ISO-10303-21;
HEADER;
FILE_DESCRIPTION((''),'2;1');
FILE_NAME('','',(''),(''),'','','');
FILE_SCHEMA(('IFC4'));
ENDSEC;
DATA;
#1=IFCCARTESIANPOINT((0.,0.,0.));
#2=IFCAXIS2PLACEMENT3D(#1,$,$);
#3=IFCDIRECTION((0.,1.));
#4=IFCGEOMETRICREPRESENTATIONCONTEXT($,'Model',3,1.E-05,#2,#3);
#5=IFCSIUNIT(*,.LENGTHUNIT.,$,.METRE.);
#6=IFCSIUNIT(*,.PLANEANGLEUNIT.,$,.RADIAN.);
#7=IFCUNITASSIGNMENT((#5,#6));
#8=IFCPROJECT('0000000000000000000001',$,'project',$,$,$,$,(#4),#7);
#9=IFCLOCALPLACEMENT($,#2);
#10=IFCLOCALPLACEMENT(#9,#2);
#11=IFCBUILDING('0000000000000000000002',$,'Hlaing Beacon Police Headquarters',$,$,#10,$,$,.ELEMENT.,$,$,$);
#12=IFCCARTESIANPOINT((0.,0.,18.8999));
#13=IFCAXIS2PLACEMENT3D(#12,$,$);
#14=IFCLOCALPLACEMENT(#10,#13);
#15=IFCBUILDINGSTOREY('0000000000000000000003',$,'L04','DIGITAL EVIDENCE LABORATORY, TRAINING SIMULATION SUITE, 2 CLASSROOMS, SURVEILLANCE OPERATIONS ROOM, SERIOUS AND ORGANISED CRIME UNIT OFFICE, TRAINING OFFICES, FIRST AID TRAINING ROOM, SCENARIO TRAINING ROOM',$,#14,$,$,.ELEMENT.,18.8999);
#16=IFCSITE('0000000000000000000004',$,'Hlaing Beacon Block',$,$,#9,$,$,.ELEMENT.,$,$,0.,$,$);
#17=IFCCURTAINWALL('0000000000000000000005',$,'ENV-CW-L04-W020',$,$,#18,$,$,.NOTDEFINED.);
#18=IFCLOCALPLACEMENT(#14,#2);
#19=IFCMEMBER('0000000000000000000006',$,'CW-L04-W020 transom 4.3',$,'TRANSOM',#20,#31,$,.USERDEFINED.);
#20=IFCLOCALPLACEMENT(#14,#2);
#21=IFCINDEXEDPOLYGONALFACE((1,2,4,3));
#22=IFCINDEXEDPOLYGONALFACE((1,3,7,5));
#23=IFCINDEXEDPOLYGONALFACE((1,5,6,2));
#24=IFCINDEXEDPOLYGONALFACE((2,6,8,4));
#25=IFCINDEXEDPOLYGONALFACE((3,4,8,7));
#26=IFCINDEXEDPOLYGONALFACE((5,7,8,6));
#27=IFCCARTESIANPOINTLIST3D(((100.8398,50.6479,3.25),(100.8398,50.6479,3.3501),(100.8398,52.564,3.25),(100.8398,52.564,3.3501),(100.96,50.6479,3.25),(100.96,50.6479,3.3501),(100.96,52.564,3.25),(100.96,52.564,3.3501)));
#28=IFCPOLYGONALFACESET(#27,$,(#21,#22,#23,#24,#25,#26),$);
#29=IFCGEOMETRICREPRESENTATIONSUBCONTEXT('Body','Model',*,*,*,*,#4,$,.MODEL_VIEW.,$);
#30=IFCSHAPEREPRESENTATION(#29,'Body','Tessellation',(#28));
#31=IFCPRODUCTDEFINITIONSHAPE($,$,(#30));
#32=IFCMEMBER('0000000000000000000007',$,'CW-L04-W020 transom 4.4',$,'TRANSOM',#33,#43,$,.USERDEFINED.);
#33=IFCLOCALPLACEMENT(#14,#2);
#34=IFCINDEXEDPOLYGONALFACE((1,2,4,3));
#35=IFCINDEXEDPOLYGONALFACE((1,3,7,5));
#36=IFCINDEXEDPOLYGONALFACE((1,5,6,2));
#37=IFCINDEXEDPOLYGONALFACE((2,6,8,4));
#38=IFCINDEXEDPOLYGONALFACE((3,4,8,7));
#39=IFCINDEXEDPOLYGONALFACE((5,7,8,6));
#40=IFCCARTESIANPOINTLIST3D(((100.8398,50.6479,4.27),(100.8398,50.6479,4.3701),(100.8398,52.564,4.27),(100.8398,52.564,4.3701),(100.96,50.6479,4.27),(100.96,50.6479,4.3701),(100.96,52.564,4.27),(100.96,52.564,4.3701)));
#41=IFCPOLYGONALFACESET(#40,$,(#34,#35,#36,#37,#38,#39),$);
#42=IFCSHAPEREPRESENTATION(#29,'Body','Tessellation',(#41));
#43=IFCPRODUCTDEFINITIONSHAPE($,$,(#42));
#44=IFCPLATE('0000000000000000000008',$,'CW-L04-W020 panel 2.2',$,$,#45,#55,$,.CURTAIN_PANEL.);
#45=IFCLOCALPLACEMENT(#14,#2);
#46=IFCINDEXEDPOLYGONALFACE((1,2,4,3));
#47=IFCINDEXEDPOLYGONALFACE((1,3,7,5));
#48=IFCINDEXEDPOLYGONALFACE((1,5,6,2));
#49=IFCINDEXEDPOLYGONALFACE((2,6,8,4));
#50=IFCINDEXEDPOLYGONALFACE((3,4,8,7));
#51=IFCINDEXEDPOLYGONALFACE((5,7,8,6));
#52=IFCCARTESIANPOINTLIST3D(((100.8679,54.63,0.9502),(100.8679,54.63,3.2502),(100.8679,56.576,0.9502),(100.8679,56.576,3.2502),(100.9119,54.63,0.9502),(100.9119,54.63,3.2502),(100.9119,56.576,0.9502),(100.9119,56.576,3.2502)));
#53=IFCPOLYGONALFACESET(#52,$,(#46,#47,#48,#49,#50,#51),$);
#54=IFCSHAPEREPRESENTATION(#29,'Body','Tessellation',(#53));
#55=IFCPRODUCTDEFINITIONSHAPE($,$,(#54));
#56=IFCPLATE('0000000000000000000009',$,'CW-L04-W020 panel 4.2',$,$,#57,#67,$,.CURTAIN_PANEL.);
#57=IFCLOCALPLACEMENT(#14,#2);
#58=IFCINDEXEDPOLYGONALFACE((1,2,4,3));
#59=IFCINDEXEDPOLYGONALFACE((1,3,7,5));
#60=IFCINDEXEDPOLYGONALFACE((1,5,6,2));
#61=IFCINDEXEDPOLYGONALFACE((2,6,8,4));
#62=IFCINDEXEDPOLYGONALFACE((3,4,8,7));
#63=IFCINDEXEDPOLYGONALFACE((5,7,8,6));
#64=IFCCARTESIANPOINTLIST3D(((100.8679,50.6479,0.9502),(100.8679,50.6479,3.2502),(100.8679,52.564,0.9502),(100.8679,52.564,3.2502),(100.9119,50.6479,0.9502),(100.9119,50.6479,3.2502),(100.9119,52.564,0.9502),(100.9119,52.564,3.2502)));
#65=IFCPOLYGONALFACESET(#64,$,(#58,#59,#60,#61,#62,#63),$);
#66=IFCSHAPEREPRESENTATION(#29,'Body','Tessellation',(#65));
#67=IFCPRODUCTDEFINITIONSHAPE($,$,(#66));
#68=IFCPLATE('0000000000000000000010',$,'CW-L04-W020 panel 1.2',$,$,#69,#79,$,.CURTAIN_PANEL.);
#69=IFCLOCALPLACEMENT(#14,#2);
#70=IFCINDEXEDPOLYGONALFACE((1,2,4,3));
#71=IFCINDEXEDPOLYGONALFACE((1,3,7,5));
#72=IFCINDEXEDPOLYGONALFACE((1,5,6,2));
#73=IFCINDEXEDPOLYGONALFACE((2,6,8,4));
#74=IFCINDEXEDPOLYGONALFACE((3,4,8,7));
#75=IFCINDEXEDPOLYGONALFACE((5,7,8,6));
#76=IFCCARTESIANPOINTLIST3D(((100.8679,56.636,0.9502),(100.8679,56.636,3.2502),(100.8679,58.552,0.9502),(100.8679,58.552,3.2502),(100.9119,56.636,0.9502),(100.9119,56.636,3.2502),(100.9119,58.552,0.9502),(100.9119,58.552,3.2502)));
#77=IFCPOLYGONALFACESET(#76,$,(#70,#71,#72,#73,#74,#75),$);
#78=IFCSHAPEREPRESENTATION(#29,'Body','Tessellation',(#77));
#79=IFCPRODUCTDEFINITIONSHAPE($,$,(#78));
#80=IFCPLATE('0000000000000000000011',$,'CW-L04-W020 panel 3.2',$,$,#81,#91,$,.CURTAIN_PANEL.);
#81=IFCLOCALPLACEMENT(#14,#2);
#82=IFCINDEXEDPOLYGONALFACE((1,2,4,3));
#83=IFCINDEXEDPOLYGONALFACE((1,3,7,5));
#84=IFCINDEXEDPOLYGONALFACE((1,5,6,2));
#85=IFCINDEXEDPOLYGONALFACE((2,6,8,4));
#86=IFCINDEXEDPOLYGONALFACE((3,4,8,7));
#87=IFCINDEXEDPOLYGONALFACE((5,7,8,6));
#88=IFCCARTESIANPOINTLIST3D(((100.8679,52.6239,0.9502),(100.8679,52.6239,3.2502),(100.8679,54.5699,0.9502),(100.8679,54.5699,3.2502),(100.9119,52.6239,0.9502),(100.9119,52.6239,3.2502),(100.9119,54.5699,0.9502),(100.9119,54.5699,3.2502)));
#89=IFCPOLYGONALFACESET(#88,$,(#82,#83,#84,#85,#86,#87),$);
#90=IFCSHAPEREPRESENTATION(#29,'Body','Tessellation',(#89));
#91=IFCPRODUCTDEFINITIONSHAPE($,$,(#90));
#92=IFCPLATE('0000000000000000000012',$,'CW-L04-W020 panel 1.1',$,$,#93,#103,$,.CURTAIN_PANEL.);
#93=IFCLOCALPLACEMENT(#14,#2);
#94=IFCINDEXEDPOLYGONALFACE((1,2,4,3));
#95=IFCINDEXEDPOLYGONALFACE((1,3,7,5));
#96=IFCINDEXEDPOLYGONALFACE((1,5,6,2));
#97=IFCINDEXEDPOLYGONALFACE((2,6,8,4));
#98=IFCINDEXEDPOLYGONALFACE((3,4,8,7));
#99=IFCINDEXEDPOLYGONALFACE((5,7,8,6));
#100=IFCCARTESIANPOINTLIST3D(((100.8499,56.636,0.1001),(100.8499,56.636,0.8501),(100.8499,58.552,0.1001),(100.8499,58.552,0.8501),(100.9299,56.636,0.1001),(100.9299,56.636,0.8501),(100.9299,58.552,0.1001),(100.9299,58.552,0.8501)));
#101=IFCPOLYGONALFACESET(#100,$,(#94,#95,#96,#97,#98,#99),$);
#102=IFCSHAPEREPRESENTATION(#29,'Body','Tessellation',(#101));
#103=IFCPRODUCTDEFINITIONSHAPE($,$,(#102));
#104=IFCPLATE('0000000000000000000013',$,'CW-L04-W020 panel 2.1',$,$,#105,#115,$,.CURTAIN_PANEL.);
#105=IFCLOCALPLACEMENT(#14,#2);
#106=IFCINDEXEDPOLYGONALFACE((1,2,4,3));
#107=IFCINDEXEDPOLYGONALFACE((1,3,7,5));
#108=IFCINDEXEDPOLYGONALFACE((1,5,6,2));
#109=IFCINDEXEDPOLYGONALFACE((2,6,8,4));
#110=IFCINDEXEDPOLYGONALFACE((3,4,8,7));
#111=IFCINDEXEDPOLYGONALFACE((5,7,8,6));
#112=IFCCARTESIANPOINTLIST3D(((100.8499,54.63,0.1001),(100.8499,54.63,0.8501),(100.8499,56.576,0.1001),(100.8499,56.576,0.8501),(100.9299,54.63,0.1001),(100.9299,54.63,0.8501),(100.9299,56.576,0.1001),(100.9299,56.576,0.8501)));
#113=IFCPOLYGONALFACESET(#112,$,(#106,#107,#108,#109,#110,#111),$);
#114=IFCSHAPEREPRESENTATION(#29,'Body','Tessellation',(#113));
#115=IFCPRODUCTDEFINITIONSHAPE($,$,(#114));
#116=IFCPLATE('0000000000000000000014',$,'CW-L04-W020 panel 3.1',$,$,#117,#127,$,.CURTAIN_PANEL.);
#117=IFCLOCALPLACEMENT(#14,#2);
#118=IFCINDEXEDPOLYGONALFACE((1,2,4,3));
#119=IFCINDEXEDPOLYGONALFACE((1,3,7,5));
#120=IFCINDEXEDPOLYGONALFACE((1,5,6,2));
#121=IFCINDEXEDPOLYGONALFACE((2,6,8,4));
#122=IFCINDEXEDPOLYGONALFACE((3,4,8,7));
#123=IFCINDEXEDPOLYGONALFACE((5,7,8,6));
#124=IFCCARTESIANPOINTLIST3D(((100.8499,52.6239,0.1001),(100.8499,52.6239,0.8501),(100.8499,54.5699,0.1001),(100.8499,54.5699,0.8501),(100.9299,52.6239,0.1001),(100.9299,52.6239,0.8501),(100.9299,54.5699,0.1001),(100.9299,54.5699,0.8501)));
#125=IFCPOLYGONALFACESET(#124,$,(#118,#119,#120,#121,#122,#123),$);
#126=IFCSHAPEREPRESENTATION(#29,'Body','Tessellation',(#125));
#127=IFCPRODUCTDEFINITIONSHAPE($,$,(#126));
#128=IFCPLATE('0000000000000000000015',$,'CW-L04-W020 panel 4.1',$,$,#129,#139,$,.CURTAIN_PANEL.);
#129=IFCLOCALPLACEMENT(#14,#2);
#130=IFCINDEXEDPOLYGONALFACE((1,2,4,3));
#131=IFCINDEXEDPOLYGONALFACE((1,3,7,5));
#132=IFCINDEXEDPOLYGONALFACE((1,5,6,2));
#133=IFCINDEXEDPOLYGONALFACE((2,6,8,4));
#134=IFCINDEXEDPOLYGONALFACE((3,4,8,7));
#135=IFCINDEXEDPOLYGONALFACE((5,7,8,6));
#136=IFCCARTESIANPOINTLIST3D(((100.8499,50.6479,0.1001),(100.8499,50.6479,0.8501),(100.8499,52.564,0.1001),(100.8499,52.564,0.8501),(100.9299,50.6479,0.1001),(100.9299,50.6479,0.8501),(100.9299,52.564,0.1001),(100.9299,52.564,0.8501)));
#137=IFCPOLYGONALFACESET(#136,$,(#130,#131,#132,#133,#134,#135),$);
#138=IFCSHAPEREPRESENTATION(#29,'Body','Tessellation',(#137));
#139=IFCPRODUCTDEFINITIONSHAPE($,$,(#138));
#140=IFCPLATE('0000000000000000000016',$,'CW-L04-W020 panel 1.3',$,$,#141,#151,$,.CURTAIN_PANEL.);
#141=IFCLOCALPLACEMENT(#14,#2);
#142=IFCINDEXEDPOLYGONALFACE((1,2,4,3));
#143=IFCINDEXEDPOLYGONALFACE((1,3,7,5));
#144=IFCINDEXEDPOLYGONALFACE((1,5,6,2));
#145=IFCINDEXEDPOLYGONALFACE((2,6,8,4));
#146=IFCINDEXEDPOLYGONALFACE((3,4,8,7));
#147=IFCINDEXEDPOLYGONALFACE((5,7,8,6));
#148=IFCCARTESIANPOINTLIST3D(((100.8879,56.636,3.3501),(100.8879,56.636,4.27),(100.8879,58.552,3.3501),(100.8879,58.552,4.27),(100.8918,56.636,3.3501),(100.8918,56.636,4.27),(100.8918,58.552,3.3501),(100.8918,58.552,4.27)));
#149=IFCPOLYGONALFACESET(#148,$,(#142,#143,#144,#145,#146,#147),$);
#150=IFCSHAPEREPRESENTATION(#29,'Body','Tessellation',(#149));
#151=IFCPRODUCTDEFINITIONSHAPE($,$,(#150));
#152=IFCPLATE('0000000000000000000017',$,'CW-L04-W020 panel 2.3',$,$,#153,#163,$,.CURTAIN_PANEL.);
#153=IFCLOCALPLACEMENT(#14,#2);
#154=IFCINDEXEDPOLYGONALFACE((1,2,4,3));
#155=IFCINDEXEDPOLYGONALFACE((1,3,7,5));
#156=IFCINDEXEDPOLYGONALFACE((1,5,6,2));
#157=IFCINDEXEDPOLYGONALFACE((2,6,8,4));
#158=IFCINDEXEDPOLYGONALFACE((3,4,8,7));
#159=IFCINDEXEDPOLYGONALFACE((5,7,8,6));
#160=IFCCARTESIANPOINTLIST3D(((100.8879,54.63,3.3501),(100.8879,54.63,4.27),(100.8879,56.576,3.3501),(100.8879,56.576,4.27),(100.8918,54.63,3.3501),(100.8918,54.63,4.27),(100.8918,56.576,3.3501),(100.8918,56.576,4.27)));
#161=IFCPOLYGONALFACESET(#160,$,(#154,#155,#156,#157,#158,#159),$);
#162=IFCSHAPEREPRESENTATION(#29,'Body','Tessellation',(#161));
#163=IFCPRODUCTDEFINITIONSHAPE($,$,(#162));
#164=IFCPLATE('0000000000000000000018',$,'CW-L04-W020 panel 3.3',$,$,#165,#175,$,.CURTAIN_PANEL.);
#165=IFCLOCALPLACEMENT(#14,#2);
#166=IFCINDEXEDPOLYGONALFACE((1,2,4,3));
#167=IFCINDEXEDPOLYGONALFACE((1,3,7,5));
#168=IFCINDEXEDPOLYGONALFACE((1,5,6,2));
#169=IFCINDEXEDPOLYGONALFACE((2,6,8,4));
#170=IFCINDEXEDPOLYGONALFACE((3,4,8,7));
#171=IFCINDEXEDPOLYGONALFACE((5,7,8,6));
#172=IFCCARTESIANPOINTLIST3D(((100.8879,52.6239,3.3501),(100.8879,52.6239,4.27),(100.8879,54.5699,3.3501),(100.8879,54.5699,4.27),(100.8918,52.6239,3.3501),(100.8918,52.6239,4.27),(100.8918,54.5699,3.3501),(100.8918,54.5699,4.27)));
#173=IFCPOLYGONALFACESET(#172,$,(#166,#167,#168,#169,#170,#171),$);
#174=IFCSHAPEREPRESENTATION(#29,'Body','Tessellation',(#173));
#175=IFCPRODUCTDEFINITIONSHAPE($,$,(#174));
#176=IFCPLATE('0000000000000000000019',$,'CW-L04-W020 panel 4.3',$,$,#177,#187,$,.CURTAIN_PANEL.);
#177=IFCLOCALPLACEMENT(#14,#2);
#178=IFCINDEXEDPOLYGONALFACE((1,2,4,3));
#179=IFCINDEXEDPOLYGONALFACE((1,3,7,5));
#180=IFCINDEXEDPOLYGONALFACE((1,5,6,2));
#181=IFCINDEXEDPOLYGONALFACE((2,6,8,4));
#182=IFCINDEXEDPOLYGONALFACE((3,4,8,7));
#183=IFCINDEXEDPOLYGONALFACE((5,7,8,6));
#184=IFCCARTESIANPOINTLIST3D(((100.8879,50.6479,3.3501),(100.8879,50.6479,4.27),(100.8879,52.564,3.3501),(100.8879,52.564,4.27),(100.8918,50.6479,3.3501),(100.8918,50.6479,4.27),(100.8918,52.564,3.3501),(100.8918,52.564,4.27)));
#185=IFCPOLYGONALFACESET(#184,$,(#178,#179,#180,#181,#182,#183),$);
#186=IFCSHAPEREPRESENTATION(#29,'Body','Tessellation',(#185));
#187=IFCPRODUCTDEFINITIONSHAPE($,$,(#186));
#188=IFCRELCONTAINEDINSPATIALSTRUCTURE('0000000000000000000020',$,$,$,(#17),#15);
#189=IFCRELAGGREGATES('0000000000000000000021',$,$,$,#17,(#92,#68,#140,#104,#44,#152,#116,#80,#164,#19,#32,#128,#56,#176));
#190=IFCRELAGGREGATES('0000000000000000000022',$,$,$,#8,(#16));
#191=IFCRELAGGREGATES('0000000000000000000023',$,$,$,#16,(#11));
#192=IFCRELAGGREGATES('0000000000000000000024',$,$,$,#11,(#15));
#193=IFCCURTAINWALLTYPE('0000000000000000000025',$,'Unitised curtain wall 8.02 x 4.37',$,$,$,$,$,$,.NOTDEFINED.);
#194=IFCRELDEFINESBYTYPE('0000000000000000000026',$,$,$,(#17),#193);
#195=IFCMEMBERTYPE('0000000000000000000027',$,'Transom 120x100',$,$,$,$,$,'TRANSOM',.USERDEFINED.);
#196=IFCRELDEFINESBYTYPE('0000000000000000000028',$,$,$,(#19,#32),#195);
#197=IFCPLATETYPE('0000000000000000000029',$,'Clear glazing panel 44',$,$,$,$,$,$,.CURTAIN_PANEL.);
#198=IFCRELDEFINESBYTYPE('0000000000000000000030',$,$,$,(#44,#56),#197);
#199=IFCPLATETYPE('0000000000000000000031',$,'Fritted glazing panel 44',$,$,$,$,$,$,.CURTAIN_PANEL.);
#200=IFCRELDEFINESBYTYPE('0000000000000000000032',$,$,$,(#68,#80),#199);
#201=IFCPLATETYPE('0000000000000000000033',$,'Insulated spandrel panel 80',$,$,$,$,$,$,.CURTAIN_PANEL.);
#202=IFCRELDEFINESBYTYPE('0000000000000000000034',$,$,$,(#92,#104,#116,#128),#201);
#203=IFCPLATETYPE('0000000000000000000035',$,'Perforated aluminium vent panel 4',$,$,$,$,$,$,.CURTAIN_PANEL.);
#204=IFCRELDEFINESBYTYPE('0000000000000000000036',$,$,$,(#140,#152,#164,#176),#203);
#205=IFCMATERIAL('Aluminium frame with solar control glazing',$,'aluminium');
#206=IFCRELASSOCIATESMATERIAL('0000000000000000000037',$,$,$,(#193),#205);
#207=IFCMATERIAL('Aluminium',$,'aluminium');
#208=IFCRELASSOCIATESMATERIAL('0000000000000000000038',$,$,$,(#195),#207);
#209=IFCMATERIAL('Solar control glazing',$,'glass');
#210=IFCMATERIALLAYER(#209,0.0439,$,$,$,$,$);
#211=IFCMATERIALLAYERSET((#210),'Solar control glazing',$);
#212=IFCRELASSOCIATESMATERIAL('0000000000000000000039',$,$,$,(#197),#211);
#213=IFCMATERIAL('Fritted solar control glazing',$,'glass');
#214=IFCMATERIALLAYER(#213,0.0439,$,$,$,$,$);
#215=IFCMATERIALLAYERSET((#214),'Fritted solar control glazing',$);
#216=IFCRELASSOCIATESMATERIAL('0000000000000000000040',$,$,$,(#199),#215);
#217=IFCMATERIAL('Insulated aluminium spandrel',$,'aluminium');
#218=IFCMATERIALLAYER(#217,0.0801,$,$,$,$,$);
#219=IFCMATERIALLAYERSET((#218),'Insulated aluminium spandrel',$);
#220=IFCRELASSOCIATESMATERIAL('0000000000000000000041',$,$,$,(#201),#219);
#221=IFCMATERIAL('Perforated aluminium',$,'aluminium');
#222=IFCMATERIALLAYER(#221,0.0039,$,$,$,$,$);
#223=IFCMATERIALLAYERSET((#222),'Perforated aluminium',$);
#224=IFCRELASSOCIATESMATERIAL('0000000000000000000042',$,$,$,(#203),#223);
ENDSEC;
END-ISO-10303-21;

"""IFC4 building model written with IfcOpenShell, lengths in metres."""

from ifc_helpers import new_model, si_unit, direction, frame, origin, origin_2d, place, context, subcontext, project, spatial, rectangle, extrude, material, layer, layer_set, material_profile, profile_set, type_object, element, aggregate, save


model = new_model("IFC4")

# Units and contexts
model_context = context("Model", 3, precision=1e-05, world=origin(), true_north=direction((0.0, 1.0)))
body_context = subcontext(model_context, "Body", "Model", "MODEL_VIEW")
ifc_project = project(units=[si_unit("LENGTHUNIT", "METRE"), si_unit("PLANEANGLEUNIT", "RADIAN")], contexts=[model_context])

# Site, building, storey
site_placement = place(None, origin())
site = spatial("IfcSite", under=ifc_project, at=site_placement, Name="Hlaing Beacon Block", CompositionType="ELEMENT", RefElevation=0.0)
building_placement = place(site_placement, origin())
building = spatial("IfcBuilding", under=site, at=building_placement, Name="Hlaing Beacon Police Headquarters", CompositionType="ELEMENT")
storey_placement = place(building_placement, frame((0.0, 0.0, 18.8999)))
storey = spatial("IfcBuildingStorey", under=building, at=storey_placement, Name="L04", Description="DIGITAL EVIDENCE LABORATORY, TRAINING SIMULATION SUITE, 2 CLASSROOMS, SURVEILLANCE OPERATIONS ROOM, SERIOUS AND ORGANISED CRIME UNIT OFFICE, TRAINING OFFICES, FIRST AID TRAINING ROOM, SCENARIO TRAINING ROOM", CompositionType="ELEMENT", Elevation=18.8999)

# Curtain wall
ifc_material_1 = material(Name="Aluminium frame with solar control glazing", Category="aluminium")
curtain_wall_type = type_object("IfcCurtainWallType", Name="Unitised curtain wall 8.02 x 4.37", PredefinedType="NOTDEFINED", material=ifc_material_1)
curtain_wall_placement = place(storey_placement, origin())
curtain_wall = element("IfcCurtainWall", 1, at=curtain_wall_placement, inside=storey, type_object=curtain_wall_type, Name="ENV-CW-L04-W020", PredefinedType="NOTDEFINED")

# Members
ifc_material_2 = material(Name="Aluminium", Category="aluminium")
ifc_material_profile_1 = material_profile(ifc_material_2, rectangle(XDim=0.1201, YDim=0.1001, at=origin_2d()), Name="Transom 120x100")
ifc_profile_set_1 = profile_set([ifc_material_profile_1], Name="Aluminium")
member_type_1 = type_object("IfcMemberType", Name="Transom 120x100", ElementType="TRANSOM", PredefinedType="USERDEFINED", material=ifc_profile_set_1)
member_1_placement = place(storey_placement, frame((100.8999, 52.564, 3.3), z_axis=(0.0, -1.0, 0.0), x_axis=(1.0, 0.0, 0.0)))
member_1 = element("IfcMember", 2, at=member_1_placement, type_object=member_type_1, Name="CW-L04-W020 transom 4.3", ObjectType="TRANSOM", PredefinedType="USERDEFINED", context=body_context, shape_type="SweptSolid", body=[
    extrude(rectangle(XDim=0.1201, YDim=0.1001, at=origin_2d()), origin(), (0.0, 0.0, 1.0), 1.916),
])
member_2_placement = place(storey_placement, frame((100.8999, 52.564, 4.3201), z_axis=(0.0, -1.0, 0.0), x_axis=(1.0, 0.0, 0.0)))
member_2 = element("IfcMember", 3, at=member_2_placement, type_object=member_type_1, Name="CW-L04-W020 transom 4.4", ObjectType="TRANSOM", PredefinedType="USERDEFINED", context=body_context, shape_type="SweptSolid", body=[
    extrude(rectangle(XDim=0.1201, YDim=0.1001, at=origin_2d()), origin(), (0.0, 0.0, 1.0), 1.916),
])

# Plates
ifc_material_3 = material(Name="Solar control glazing", Category="glass")
ifc_layer_1 = layer(ifc_material_3, 0.0439)
ifc_layer_set_1 = layer_set([ifc_layer_1], Name="Solar control glazing")
plate_type_1 = type_object("IfcPlateType", Name="Clear glazing panel 44", PredefinedType="CURTAIN_PANEL", material=ifc_layer_set_1)
plate_1_placement = place(storey_placement, frame((100.8899, 55.603, 0.9502), z_axis=(0.0, 0.0, 1.0), x_axis=(0.0, -1.0, 0.0)))
plate_1 = element("IfcPlate", 4, at=plate_1_placement, type_object=plate_type_1, Name="CW-L04-W020 panel 2.2", PredefinedType="CURTAIN_PANEL", context=body_context, shape_type="SweptSolid", body=[
    extrude(rectangle(XDim=1.946, YDim=0.0439, at=origin_2d()), origin(), (0.0, 0.0, 1.0), 2.3),
])
plate_2_placement = place(storey_placement, frame((100.8899, 51.606, 0.9502), z_axis=(0.0, 0.0, 1.0), x_axis=(0.0, -1.0, 0.0)))
plate_2 = element("IfcPlate", 5, at=plate_2_placement, type_object=plate_type_1, Name="CW-L04-W020 panel 4.2", PredefinedType="CURTAIN_PANEL", context=body_context, shape_type="SweptSolid", body=[
    extrude(rectangle(XDim=1.916, YDim=0.0439, at=origin_2d()), origin(), (0.0, 0.0, 1.0), 2.3),
])
ifc_material_4 = material(Name="Fritted solar control glazing", Category="glass")
ifc_layer_2 = layer(ifc_material_4, 0.0439)
ifc_layer_set_2 = layer_set([ifc_layer_2], Name="Fritted solar control glazing")
plate_type_2 = type_object("IfcPlateType", Name="Fritted glazing panel 44", PredefinedType="CURTAIN_PANEL", material=ifc_layer_set_2)
plate_3_placement = place(storey_placement, frame((100.8899, 57.594, 0.9502), z_axis=(0.0, 0.0, 1.0), x_axis=(0.0, -1.0, 0.0)))
plate_3 = element("IfcPlate", 6, at=plate_3_placement, type_object=plate_type_2, Name="CW-L04-W020 panel 1.2", PredefinedType="CURTAIN_PANEL", context=body_context, shape_type="SweptSolid", body=[
    extrude(rectangle(XDim=1.916, YDim=0.0439, at=origin_2d()), origin(), (0.0, 0.0, 1.0), 2.3),
])
plate_4_placement = place(storey_placement, frame((100.8899, 53.5969, 0.9502), z_axis=(0.0, 0.0, 1.0), x_axis=(0.0, -1.0, 0.0)))
plate_4 = element("IfcPlate", 7, at=plate_4_placement, type_object=plate_type_2, Name="CW-L04-W020 panel 3.2", PredefinedType="CURTAIN_PANEL", context=body_context, shape_type="SweptSolid", body=[
    extrude(rectangle(XDim=1.946, YDim=0.0439, at=origin_2d()), origin(), (0.0, 0.0, 1.0), 2.3),
])
ifc_material_5 = material(Name="Insulated aluminium spandrel", Category="aluminium")
ifc_layer_3 = layer(ifc_material_5, 0.0801)
ifc_layer_set_3 = layer_set([ifc_layer_3], Name="Insulated aluminium spandrel")
plate_type_3 = type_object("IfcPlateType", Name="Insulated spandrel panel 80", PredefinedType="CURTAIN_PANEL", material=ifc_layer_set_3)
plate_5_placement = place(storey_placement, frame((100.8899, 57.594, 0.1001), z_axis=(0.0, 0.0, 1.0), x_axis=(0.0, -1.0, 0.0)))
plate_5 = element("IfcPlate", 8, at=plate_5_placement, type_object=plate_type_3, Name="CW-L04-W020 panel 1.1", PredefinedType="CURTAIN_PANEL", context=body_context, shape_type="SweptSolid", body=[
    extrude(rectangle(XDim=1.916, YDim=0.0801, at=origin_2d()), origin(), (0.0, 0.0, 1.0), 0.75),
])
plate_6_placement = place(storey_placement, frame((100.8899, 55.603, 0.1001), z_axis=(0.0, 0.0, 1.0), x_axis=(0.0, -1.0, 0.0)))
plate_6 = element("IfcPlate", 9, at=plate_6_placement, type_object=plate_type_3, Name="CW-L04-W020 panel 2.1", PredefinedType="CURTAIN_PANEL", context=body_context, shape_type="SweptSolid", body=[
    extrude(rectangle(XDim=1.946, YDim=0.0801, at=origin_2d()), origin(), (0.0, 0.0, 1.0), 0.75),
])
plate_7_placement = place(storey_placement, frame((100.8899, 53.5969, 0.1001), z_axis=(0.0, 0.0, 1.0), x_axis=(0.0, -1.0, 0.0)))
plate_7 = element("IfcPlate", 10, at=plate_7_placement, type_object=plate_type_3, Name="CW-L04-W020 panel 3.1", PredefinedType="CURTAIN_PANEL", context=body_context, shape_type="SweptSolid", body=[
    extrude(rectangle(XDim=1.946, YDim=0.0801, at=origin_2d()), origin(), (0.0, 0.0, 1.0), 0.75),
])
plate_8_placement = place(storey_placement, frame((100.8899, 51.606, 0.1001), z_axis=(0.0, 0.0, 1.0), x_axis=(0.0, -1.0, 0.0)))
plate_8 = element("IfcPlate", 11, at=plate_8_placement, type_object=plate_type_3, Name="CW-L04-W020 panel 4.1", PredefinedType="CURTAIN_PANEL", context=body_context, shape_type="SweptSolid", body=[
    extrude(rectangle(XDim=1.916, YDim=0.0801, at=origin_2d()), origin(), (0.0, 0.0, 1.0), 0.75),
])
ifc_material_6 = material(Name="Perforated aluminium", Category="aluminium")
ifc_layer_4 = layer(ifc_material_6, 0.0039)
ifc_layer_set_4 = layer_set([ifc_layer_4], Name="Perforated aluminium")
plate_type_4 = type_object("IfcPlateType", Name="Perforated aluminium vent panel 4", PredefinedType="CURTAIN_PANEL", material=ifc_layer_set_4)
plate_9_placement = place(storey_placement, frame((100.8899, 57.594, 3.3501), z_axis=(0.0, 0.0, 1.0), x_axis=(0.0, -1.0, 0.0)))
plate_9 = element("IfcPlate", 12, at=plate_9_placement, type_object=plate_type_4, Name="CW-L04-W020 panel 1.3", PredefinedType="CURTAIN_PANEL", context=body_context, shape_type="SweptSolid", body=[
    extrude(rectangle(XDim=1.916, YDim=0.0039, at=origin_2d()), origin(), (0.0, 0.0, 1.0), 0.9199),
])
plate_10_placement = place(storey_placement, frame((100.8899, 55.603, 3.3501), z_axis=(0.0, 0.0, 1.0), x_axis=(0.0, -1.0, 0.0)))
plate_10 = element("IfcPlate", 13, at=plate_10_placement, type_object=plate_type_4, Name="CW-L04-W020 panel 2.3", PredefinedType="CURTAIN_PANEL", context=body_context, shape_type="SweptSolid", body=[
    extrude(rectangle(XDim=1.946, YDim=0.0039, at=origin_2d()), origin(), (0.0, 0.0, 1.0), 0.9199),
])
plate_11_placement = place(storey_placement, frame((100.8899, 53.5969, 3.3501), z_axis=(0.0, 0.0, 1.0), x_axis=(0.0, -1.0, 0.0)))
plate_11 = element("IfcPlate", 14, at=plate_11_placement, type_object=plate_type_4, Name="CW-L04-W020 panel 3.3", PredefinedType="CURTAIN_PANEL", context=body_context, shape_type="SweptSolid", body=[
    extrude(rectangle(XDim=1.946, YDim=0.0039, at=origin_2d()), origin(), (0.0, 0.0, 1.0), 0.9199),
])
plate_12_placement = place(storey_placement, frame((100.8899, 51.606, 3.3501), z_axis=(0.0, 0.0, 1.0), x_axis=(0.0, -1.0, 0.0)))
plate_12 = element("IfcPlate", 15, at=plate_12_placement, type_object=plate_type_4, Name="CW-L04-W020 panel 4.3", PredefinedType="CURTAIN_PANEL", context=body_context, shape_type="SweptSolid", body=[
    extrude(rectangle(XDim=1.916, YDim=0.0039, at=origin_2d()), origin(), (0.0, 0.0, 1.0), 0.9199),
])
aggregate(curtain_wall, [plate_5, plate_3, plate_9, plate_6, plate_1, plate_10, plate_7, plate_4, plate_11, member_1, member_2, plate_8, plate_2, plate_12])

save(model, "model.ifc")
